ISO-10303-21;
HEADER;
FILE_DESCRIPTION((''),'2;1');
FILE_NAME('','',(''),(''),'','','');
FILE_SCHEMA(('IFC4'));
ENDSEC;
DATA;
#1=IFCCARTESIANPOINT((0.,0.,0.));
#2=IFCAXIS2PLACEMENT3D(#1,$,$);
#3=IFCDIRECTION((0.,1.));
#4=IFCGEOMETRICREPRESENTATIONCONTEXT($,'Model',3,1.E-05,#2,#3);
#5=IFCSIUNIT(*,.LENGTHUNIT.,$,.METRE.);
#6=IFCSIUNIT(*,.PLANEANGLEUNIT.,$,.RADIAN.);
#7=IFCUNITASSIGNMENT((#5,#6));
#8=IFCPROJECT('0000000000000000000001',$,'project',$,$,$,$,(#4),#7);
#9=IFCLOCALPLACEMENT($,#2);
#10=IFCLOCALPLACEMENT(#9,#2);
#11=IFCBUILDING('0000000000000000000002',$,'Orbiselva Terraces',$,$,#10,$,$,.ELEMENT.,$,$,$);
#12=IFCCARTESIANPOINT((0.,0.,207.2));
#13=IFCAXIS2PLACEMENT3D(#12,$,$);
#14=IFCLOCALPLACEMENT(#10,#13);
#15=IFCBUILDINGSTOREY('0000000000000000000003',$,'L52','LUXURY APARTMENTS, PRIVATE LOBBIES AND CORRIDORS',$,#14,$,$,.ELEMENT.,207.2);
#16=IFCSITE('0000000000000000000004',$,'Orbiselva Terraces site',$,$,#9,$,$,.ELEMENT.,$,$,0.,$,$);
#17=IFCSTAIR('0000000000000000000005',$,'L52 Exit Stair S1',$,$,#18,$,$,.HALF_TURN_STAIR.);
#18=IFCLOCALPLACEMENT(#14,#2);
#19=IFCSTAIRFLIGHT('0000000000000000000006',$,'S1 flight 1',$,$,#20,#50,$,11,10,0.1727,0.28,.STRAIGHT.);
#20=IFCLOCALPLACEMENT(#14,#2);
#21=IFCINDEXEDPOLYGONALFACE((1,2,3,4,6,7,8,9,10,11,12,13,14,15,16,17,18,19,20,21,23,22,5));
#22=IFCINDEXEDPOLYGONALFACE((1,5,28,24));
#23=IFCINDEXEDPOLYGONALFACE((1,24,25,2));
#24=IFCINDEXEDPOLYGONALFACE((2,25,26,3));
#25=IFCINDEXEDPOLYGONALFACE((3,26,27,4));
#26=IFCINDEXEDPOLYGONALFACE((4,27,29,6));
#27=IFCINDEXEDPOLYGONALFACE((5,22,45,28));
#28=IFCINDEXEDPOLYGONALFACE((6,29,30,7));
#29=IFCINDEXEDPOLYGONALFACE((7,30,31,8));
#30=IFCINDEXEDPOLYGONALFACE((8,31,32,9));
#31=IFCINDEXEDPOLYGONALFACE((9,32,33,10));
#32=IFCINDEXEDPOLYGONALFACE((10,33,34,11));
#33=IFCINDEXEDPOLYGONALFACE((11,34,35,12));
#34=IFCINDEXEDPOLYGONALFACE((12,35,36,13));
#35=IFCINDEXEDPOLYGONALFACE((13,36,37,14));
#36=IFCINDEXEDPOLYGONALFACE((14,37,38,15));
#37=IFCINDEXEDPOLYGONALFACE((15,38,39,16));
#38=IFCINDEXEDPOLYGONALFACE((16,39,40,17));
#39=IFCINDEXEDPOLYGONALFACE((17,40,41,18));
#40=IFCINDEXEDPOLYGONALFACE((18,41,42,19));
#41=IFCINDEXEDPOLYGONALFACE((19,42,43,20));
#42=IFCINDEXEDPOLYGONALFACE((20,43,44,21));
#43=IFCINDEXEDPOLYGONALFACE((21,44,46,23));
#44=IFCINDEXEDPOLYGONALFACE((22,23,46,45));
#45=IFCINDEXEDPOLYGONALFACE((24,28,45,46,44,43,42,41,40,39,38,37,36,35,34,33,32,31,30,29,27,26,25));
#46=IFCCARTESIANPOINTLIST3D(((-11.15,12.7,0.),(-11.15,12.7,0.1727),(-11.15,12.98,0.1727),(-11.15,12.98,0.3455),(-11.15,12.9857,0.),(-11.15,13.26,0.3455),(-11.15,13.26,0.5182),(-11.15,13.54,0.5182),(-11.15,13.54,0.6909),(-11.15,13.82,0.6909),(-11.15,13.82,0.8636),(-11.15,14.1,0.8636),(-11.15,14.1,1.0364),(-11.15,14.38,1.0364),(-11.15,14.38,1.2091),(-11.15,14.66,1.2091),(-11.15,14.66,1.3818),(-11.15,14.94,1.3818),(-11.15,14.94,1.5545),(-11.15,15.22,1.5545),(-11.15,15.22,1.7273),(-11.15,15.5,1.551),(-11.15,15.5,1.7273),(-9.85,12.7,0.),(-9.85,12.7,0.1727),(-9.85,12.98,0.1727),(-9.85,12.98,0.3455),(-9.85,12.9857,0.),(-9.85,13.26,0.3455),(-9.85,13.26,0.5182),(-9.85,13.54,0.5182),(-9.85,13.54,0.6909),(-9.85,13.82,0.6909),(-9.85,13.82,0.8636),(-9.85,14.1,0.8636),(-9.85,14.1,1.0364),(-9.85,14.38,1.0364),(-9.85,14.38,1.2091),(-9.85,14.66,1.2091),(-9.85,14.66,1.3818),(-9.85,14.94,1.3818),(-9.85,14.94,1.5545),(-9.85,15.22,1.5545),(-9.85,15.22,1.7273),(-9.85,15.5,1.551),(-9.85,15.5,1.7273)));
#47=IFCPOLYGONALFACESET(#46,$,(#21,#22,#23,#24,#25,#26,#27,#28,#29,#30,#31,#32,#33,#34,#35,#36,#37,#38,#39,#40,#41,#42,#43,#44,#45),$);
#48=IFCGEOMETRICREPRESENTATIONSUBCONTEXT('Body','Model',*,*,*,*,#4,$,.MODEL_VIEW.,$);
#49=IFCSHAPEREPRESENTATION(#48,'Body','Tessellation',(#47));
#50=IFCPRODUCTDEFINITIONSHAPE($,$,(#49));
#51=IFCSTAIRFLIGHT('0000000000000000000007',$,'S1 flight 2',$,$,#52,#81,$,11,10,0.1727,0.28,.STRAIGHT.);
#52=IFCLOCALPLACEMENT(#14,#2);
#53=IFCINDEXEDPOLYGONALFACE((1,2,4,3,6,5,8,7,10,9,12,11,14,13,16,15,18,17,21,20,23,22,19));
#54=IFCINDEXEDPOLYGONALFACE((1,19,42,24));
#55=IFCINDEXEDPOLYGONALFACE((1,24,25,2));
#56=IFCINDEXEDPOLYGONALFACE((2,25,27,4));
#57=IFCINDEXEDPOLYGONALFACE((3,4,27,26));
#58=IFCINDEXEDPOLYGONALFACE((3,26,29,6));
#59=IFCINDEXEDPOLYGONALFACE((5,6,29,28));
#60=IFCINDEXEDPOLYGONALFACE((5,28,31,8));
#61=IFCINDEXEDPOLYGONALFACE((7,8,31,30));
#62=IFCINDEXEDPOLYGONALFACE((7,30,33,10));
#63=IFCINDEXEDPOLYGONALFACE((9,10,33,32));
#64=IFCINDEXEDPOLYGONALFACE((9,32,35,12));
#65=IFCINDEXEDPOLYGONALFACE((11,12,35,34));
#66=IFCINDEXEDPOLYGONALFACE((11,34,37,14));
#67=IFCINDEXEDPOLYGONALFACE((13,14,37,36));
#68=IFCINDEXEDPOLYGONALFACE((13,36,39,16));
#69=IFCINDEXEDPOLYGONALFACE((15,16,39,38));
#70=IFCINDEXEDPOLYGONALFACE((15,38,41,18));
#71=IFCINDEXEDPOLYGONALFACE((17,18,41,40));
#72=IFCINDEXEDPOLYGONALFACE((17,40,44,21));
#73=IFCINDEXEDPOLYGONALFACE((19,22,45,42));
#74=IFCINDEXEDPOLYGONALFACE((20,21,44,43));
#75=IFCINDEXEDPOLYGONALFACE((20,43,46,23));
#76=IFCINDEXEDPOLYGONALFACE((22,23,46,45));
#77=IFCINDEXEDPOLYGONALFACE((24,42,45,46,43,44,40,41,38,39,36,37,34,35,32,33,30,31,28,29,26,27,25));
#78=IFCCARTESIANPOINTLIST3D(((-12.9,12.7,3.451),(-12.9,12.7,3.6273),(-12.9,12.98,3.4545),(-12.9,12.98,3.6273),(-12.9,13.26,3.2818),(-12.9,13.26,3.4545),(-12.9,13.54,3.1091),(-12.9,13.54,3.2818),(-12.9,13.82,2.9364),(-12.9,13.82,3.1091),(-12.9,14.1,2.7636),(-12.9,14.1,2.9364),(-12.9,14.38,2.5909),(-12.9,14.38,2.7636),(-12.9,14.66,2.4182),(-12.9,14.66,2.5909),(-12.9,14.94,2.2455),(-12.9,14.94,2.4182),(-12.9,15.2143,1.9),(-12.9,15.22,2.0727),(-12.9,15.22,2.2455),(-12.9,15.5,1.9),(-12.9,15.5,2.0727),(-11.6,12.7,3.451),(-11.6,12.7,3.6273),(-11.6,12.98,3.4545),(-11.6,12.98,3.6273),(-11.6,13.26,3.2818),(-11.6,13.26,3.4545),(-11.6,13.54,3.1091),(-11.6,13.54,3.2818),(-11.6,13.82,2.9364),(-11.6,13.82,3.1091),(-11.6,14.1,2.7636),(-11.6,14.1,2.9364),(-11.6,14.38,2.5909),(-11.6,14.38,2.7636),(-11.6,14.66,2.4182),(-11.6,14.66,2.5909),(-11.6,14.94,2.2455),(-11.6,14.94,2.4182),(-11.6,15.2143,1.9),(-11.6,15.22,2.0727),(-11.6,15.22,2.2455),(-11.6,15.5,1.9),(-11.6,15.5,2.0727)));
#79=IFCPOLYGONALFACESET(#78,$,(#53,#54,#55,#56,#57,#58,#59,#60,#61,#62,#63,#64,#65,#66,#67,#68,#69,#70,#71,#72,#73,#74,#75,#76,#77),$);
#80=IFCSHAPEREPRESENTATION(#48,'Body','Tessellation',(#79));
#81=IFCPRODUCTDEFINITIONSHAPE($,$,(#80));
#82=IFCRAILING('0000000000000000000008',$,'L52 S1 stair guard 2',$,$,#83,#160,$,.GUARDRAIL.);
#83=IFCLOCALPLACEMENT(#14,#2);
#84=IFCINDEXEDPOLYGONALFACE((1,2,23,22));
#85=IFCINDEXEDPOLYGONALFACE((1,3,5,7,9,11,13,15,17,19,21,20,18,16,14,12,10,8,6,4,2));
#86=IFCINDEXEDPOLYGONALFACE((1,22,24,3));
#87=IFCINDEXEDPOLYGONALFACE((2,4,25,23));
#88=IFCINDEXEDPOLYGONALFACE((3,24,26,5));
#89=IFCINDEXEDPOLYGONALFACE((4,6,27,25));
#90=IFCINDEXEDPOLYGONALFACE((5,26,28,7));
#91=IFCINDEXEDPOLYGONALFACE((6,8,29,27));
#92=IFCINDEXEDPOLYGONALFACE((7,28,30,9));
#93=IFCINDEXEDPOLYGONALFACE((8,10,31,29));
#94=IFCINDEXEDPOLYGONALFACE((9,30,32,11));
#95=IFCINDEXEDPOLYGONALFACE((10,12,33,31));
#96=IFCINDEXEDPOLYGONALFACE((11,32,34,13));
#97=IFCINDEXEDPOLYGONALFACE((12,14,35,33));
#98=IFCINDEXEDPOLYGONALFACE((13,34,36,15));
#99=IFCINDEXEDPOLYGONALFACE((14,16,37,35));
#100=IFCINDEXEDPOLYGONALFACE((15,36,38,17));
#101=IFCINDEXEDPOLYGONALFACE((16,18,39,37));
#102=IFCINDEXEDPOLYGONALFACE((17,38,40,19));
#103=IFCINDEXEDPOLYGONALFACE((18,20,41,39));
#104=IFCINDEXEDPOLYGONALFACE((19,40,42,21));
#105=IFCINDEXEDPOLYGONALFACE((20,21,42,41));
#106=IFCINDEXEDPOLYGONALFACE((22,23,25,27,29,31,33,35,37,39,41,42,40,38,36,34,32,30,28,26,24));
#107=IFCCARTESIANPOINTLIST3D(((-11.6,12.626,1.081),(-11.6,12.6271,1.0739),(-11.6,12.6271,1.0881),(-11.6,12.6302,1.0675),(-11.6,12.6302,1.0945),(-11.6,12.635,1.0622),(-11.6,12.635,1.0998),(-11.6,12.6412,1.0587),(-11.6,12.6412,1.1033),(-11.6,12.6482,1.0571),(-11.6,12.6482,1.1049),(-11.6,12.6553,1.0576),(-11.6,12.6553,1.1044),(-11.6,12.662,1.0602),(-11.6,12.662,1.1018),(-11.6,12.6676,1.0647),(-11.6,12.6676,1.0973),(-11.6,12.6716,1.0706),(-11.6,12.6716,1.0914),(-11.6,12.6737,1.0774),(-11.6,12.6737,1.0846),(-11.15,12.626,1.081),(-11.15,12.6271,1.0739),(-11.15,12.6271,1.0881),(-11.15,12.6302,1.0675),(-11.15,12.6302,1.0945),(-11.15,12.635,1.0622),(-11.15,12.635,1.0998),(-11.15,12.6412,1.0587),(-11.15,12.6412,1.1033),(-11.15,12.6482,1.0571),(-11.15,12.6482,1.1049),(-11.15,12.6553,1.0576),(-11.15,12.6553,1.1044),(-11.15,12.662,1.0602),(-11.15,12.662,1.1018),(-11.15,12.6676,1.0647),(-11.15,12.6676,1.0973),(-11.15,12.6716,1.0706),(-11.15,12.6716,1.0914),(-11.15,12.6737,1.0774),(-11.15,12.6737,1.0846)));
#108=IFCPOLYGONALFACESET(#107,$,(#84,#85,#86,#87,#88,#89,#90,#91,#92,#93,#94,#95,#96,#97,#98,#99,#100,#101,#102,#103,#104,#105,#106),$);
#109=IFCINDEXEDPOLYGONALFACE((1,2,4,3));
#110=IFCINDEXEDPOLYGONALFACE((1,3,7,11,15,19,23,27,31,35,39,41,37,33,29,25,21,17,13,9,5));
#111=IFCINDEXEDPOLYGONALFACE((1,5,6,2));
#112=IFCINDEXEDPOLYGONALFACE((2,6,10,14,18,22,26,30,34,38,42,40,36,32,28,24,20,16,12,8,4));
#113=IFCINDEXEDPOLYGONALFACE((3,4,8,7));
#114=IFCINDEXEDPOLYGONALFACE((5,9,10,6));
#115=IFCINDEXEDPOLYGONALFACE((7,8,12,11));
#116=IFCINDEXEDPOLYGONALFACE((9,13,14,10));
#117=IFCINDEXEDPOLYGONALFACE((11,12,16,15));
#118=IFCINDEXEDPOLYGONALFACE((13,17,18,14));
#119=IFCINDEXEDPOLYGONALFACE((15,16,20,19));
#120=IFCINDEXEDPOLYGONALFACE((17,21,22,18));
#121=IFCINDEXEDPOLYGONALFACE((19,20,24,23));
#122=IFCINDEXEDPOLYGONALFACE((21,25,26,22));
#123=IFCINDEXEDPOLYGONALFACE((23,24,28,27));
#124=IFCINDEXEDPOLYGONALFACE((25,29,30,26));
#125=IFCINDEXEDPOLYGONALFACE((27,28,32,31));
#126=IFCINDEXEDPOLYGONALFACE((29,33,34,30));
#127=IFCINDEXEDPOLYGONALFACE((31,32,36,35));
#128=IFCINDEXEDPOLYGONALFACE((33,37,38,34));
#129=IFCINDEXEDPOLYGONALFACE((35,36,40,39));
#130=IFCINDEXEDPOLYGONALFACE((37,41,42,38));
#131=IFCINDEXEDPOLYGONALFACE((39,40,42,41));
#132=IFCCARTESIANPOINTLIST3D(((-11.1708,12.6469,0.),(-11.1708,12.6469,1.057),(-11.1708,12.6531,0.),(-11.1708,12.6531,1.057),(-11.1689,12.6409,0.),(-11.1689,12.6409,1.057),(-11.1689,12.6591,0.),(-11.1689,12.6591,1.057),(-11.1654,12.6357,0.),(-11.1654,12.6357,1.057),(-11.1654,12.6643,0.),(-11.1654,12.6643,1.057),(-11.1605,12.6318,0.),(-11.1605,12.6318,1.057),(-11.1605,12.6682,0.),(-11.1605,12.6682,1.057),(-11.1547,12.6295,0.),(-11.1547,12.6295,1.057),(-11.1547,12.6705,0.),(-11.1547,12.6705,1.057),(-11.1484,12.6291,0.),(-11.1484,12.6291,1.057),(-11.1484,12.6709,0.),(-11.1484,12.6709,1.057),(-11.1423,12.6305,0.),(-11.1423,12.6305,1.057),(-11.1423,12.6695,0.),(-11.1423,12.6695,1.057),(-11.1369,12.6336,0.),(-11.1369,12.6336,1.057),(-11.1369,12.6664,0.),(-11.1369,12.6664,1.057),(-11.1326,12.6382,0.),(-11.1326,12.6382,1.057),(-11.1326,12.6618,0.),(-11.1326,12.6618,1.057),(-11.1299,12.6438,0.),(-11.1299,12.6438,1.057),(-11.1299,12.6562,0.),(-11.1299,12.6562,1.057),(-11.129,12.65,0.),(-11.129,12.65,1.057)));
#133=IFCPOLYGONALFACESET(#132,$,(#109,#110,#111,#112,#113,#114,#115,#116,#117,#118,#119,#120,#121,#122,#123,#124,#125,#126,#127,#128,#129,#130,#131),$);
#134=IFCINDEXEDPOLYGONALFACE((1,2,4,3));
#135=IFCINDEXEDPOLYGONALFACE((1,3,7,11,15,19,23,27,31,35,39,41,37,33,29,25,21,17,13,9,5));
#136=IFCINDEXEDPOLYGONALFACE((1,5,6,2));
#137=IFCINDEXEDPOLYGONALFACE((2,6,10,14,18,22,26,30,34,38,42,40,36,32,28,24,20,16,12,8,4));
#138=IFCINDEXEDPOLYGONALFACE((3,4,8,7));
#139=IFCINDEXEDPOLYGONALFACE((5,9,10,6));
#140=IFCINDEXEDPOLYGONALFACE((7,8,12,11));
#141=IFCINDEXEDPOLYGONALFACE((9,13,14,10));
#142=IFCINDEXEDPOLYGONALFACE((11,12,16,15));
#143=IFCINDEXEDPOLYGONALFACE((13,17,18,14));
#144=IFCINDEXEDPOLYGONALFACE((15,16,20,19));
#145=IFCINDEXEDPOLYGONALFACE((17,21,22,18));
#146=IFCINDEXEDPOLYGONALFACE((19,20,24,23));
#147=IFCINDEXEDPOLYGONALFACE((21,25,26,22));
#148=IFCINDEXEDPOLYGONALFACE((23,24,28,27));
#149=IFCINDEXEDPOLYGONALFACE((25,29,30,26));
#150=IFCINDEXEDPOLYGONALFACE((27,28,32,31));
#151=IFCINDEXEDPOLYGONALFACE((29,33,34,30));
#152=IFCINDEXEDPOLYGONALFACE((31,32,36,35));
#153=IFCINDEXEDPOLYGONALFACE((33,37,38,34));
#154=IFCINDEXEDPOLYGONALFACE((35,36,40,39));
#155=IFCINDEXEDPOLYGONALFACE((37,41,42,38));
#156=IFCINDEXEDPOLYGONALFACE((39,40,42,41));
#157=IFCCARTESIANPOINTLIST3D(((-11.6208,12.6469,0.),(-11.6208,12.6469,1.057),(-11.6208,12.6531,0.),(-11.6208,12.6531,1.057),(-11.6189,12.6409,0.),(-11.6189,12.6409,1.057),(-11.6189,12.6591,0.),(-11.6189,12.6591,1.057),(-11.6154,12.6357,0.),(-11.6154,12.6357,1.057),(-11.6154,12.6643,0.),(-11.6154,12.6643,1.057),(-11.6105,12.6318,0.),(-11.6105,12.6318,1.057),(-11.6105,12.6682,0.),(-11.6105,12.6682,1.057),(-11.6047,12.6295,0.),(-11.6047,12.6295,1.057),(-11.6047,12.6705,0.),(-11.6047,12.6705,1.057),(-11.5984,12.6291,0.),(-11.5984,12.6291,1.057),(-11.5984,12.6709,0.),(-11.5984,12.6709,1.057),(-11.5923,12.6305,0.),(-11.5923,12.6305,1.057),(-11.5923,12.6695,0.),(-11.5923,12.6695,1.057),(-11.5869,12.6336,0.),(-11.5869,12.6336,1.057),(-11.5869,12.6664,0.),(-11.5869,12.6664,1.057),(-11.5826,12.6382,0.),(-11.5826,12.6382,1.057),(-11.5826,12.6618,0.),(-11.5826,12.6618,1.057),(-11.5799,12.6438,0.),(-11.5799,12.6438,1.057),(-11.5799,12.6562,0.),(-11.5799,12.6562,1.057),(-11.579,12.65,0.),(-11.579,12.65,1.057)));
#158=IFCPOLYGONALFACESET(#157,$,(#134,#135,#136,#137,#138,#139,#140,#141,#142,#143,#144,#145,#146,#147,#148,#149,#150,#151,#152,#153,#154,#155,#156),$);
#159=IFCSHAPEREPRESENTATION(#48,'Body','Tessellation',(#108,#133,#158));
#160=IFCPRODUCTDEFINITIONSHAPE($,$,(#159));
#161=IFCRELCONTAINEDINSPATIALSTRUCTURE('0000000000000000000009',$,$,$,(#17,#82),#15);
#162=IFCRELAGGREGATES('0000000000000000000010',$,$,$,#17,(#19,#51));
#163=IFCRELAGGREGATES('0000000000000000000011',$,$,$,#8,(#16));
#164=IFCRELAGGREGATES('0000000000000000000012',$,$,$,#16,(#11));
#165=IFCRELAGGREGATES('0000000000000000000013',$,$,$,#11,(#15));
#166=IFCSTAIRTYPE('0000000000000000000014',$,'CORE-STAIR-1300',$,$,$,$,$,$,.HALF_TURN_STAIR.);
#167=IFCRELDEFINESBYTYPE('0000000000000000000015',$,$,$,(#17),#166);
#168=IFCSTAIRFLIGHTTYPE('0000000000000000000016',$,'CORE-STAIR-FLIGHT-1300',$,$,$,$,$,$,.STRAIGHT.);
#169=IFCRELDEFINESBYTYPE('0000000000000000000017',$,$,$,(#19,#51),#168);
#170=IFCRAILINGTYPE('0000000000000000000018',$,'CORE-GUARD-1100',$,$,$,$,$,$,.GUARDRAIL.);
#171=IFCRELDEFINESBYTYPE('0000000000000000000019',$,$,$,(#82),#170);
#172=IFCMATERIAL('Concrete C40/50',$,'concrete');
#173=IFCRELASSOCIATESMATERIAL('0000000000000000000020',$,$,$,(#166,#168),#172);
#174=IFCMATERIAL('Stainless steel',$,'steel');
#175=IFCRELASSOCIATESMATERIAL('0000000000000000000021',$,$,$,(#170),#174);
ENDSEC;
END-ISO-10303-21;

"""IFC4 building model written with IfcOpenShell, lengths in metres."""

from ifc_helpers import new_model, si_unit, direction, frame, origin, origin_2d, place, context, subcontext, project, spatial, polyline, circle, outline, extrude, material, type_object, element, aggregate, save


model = new_model("IFC4")

# Units and contexts
model_context = context("Model", 3, precision=1e-05, world=origin(), true_north=direction((0.0, 1.0)))
body_context = subcontext(model_context, "Body", "Model", "MODEL_VIEW")
ifc_project = project(units=[si_unit("LENGTHUNIT", "METRE"), si_unit("PLANEANGLEUNIT", "RADIAN")], contexts=[model_context])

# Site, building, storey
site_placement = place(None, origin())
site = spatial("IfcSite", under=ifc_project, at=site_placement, Name="Orbiselva Terraces site", CompositionType="ELEMENT", RefElevation=0.0)
building_placement = place(site_placement, origin())
building = spatial("IfcBuilding", under=site, at=building_placement, Name="Orbiselva Terraces", CompositionType="ELEMENT")
storey_placement = place(building_placement, frame((0.0, 0.0, 207.2)))
storey = spatial("IfcBuildingStorey", under=building, at=storey_placement, Name="L52", Description="LUXURY APARTMENTS, PRIVATE LOBBIES AND CORRIDORS", CompositionType="ELEMENT", Elevation=207.2)

# Shared definitions
ifc_material_1 = material(Name="Concrete C40/50", Category="concrete")

# Stair, stair flights
stair_type = type_object("IfcStairType", Name="CORE-STAIR-1300", PredefinedType="HALF_TURN_STAIR", material=ifc_material_1)
stair_placement = place(storey_placement, origin())
stair = element("IfcStair", 1, at=stair_placement, inside=storey, type_object=stair_type, Name="L52 Exit Stair S1", PredefinedType="HALF_TURN_STAIR")
stair_flight_type = type_object("IfcStairFlightType", Name="CORE-STAIR-FLIGHT-1300", PredefinedType="STRAIGHT", material=ifc_material_1)
stair_flight_1_placement = place(storey_placement, frame((-10.5, 12.7, 0.0), z_axis=(0.0, 0.0, 1.0), x_axis=(0.0, 1.0, 0.0)))
stair_flight_1 = element("IfcStairFlight", 2, at=stair_flight_1_placement, type_object=stair_flight_type, Name="S1 flight 1", NumberOfRisers=11, NumberOfTreads=10, PredefinedType="STRAIGHT", RiserHeight=0.1727, TreadLength=0.28, context=body_context, shape_type="SweptSolid", body=[
    extrude(outline(polyline([(0.0, 0.0), (0.0, 0.1727), (0.28, 0.1727), (0.28, 0.3455), (0.56, 0.3455), (0.56, 0.5182), (0.84, 0.5182), (0.84, 0.6909), (1.12, 0.6909), (1.12, 0.8636), (1.4, 0.8636), (1.4, 1.0364), (1.68, 1.0364), (1.68, 1.2091), (1.96, 1.2091), (1.96, 1.3818), (2.24, 1.3818), (2.24, 1.5545), (2.52, 1.5545), (2.52, 1.7273), (2.8, 1.7273), (2.8, 1.9), (2.8, 1.551), (0.2857, 0.0), (0.0, 0.0)])), frame((0.0, 0.65, 0.0), z_axis=(0.0, -1.0, 0.0), x_axis=(1.0, 0.0, 0.0)), (0.0, 0.0, 1.0), 1.3),
])
stair_flight_2_placement = place(storey_placement, frame((-12.25, 15.5, 1.9), z_axis=(0.0, 0.0, 1.0), x_axis=(0.0, -1.0, 0.0)))
stair_flight_2 = element("IfcStairFlight", 3, at=stair_flight_2_placement, type_object=stair_flight_type, Name="S1 flight 2", NumberOfRisers=11, NumberOfTreads=10, PredefinedType="STRAIGHT", RiserHeight=0.1727, TreadLength=0.28, context=body_context, shape_type="SweptSolid", body=[
    extrude(outline(polyline([(0.0, 0.0), (0.0, 0.1727), (0.28, 0.1727), (0.28, 0.3455), (0.56, 0.3455), (0.56, 0.5182), (0.84, 0.5182), (0.84, 0.6909), (1.12, 0.6909), (1.12, 0.8636), (1.4, 0.8636), (1.4, 1.0364), (1.68, 1.0364), (1.68, 1.2091), (1.96, 1.2091), (1.96, 1.3818), (2.24, 1.3818), (2.24, 1.5545), (2.52, 1.5545), (2.52, 1.7273), (2.8, 1.7273), (2.8, 1.9), (2.8, 1.551), (0.2857, 0.0), (0.0, 0.0)])), frame((0.0, 0.65, 0.0), z_axis=(0.0, -1.0, 0.0), x_axis=(1.0, 0.0, 0.0)), (0.0, 0.0, 1.0), 1.3),
])
aggregate(stair, [stair_flight_1, stair_flight_2])

# Railing
ifc_material_2 = material(Name="Stainless steel", Category="steel")
railing_type_1 = type_object("IfcRailingType", Name="CORE-GUARD-1100", PredefinedType="GUARDRAIL", material=ifc_material_2)
railing_1_placement = place(storey_placement, frame((-11.15, 12.65, 0.0)))
element("IfcRailing", 4, at=railing_1_placement, inside=storey, type_object=railing_type_1, Name="L52 S1 stair guard 2", PredefinedType="GUARDRAIL", context=body_context, shape_type="SweptSolid", body=[
    extrude(circle(Radius=0.024, at=origin_2d()), frame((0.0, 0.0, 1.081), z_axis=(-1.0, 0.0, 0.0), x_axis=(0.0, -1.0, 0.0)), (0.0, 0.0, 1.0), 0.45),
    extrude(circle(Radius=0.021, at=origin_2d()), origin(), (0.0, 0.0, 1.0), 1.057),
    extrude(circle(Radius=0.021, at=origin_2d()), frame((-0.45, 0.0, 0.0)), (0.0, 0.0, 1.0), 1.057),
])

save(model, "model.ifc")
